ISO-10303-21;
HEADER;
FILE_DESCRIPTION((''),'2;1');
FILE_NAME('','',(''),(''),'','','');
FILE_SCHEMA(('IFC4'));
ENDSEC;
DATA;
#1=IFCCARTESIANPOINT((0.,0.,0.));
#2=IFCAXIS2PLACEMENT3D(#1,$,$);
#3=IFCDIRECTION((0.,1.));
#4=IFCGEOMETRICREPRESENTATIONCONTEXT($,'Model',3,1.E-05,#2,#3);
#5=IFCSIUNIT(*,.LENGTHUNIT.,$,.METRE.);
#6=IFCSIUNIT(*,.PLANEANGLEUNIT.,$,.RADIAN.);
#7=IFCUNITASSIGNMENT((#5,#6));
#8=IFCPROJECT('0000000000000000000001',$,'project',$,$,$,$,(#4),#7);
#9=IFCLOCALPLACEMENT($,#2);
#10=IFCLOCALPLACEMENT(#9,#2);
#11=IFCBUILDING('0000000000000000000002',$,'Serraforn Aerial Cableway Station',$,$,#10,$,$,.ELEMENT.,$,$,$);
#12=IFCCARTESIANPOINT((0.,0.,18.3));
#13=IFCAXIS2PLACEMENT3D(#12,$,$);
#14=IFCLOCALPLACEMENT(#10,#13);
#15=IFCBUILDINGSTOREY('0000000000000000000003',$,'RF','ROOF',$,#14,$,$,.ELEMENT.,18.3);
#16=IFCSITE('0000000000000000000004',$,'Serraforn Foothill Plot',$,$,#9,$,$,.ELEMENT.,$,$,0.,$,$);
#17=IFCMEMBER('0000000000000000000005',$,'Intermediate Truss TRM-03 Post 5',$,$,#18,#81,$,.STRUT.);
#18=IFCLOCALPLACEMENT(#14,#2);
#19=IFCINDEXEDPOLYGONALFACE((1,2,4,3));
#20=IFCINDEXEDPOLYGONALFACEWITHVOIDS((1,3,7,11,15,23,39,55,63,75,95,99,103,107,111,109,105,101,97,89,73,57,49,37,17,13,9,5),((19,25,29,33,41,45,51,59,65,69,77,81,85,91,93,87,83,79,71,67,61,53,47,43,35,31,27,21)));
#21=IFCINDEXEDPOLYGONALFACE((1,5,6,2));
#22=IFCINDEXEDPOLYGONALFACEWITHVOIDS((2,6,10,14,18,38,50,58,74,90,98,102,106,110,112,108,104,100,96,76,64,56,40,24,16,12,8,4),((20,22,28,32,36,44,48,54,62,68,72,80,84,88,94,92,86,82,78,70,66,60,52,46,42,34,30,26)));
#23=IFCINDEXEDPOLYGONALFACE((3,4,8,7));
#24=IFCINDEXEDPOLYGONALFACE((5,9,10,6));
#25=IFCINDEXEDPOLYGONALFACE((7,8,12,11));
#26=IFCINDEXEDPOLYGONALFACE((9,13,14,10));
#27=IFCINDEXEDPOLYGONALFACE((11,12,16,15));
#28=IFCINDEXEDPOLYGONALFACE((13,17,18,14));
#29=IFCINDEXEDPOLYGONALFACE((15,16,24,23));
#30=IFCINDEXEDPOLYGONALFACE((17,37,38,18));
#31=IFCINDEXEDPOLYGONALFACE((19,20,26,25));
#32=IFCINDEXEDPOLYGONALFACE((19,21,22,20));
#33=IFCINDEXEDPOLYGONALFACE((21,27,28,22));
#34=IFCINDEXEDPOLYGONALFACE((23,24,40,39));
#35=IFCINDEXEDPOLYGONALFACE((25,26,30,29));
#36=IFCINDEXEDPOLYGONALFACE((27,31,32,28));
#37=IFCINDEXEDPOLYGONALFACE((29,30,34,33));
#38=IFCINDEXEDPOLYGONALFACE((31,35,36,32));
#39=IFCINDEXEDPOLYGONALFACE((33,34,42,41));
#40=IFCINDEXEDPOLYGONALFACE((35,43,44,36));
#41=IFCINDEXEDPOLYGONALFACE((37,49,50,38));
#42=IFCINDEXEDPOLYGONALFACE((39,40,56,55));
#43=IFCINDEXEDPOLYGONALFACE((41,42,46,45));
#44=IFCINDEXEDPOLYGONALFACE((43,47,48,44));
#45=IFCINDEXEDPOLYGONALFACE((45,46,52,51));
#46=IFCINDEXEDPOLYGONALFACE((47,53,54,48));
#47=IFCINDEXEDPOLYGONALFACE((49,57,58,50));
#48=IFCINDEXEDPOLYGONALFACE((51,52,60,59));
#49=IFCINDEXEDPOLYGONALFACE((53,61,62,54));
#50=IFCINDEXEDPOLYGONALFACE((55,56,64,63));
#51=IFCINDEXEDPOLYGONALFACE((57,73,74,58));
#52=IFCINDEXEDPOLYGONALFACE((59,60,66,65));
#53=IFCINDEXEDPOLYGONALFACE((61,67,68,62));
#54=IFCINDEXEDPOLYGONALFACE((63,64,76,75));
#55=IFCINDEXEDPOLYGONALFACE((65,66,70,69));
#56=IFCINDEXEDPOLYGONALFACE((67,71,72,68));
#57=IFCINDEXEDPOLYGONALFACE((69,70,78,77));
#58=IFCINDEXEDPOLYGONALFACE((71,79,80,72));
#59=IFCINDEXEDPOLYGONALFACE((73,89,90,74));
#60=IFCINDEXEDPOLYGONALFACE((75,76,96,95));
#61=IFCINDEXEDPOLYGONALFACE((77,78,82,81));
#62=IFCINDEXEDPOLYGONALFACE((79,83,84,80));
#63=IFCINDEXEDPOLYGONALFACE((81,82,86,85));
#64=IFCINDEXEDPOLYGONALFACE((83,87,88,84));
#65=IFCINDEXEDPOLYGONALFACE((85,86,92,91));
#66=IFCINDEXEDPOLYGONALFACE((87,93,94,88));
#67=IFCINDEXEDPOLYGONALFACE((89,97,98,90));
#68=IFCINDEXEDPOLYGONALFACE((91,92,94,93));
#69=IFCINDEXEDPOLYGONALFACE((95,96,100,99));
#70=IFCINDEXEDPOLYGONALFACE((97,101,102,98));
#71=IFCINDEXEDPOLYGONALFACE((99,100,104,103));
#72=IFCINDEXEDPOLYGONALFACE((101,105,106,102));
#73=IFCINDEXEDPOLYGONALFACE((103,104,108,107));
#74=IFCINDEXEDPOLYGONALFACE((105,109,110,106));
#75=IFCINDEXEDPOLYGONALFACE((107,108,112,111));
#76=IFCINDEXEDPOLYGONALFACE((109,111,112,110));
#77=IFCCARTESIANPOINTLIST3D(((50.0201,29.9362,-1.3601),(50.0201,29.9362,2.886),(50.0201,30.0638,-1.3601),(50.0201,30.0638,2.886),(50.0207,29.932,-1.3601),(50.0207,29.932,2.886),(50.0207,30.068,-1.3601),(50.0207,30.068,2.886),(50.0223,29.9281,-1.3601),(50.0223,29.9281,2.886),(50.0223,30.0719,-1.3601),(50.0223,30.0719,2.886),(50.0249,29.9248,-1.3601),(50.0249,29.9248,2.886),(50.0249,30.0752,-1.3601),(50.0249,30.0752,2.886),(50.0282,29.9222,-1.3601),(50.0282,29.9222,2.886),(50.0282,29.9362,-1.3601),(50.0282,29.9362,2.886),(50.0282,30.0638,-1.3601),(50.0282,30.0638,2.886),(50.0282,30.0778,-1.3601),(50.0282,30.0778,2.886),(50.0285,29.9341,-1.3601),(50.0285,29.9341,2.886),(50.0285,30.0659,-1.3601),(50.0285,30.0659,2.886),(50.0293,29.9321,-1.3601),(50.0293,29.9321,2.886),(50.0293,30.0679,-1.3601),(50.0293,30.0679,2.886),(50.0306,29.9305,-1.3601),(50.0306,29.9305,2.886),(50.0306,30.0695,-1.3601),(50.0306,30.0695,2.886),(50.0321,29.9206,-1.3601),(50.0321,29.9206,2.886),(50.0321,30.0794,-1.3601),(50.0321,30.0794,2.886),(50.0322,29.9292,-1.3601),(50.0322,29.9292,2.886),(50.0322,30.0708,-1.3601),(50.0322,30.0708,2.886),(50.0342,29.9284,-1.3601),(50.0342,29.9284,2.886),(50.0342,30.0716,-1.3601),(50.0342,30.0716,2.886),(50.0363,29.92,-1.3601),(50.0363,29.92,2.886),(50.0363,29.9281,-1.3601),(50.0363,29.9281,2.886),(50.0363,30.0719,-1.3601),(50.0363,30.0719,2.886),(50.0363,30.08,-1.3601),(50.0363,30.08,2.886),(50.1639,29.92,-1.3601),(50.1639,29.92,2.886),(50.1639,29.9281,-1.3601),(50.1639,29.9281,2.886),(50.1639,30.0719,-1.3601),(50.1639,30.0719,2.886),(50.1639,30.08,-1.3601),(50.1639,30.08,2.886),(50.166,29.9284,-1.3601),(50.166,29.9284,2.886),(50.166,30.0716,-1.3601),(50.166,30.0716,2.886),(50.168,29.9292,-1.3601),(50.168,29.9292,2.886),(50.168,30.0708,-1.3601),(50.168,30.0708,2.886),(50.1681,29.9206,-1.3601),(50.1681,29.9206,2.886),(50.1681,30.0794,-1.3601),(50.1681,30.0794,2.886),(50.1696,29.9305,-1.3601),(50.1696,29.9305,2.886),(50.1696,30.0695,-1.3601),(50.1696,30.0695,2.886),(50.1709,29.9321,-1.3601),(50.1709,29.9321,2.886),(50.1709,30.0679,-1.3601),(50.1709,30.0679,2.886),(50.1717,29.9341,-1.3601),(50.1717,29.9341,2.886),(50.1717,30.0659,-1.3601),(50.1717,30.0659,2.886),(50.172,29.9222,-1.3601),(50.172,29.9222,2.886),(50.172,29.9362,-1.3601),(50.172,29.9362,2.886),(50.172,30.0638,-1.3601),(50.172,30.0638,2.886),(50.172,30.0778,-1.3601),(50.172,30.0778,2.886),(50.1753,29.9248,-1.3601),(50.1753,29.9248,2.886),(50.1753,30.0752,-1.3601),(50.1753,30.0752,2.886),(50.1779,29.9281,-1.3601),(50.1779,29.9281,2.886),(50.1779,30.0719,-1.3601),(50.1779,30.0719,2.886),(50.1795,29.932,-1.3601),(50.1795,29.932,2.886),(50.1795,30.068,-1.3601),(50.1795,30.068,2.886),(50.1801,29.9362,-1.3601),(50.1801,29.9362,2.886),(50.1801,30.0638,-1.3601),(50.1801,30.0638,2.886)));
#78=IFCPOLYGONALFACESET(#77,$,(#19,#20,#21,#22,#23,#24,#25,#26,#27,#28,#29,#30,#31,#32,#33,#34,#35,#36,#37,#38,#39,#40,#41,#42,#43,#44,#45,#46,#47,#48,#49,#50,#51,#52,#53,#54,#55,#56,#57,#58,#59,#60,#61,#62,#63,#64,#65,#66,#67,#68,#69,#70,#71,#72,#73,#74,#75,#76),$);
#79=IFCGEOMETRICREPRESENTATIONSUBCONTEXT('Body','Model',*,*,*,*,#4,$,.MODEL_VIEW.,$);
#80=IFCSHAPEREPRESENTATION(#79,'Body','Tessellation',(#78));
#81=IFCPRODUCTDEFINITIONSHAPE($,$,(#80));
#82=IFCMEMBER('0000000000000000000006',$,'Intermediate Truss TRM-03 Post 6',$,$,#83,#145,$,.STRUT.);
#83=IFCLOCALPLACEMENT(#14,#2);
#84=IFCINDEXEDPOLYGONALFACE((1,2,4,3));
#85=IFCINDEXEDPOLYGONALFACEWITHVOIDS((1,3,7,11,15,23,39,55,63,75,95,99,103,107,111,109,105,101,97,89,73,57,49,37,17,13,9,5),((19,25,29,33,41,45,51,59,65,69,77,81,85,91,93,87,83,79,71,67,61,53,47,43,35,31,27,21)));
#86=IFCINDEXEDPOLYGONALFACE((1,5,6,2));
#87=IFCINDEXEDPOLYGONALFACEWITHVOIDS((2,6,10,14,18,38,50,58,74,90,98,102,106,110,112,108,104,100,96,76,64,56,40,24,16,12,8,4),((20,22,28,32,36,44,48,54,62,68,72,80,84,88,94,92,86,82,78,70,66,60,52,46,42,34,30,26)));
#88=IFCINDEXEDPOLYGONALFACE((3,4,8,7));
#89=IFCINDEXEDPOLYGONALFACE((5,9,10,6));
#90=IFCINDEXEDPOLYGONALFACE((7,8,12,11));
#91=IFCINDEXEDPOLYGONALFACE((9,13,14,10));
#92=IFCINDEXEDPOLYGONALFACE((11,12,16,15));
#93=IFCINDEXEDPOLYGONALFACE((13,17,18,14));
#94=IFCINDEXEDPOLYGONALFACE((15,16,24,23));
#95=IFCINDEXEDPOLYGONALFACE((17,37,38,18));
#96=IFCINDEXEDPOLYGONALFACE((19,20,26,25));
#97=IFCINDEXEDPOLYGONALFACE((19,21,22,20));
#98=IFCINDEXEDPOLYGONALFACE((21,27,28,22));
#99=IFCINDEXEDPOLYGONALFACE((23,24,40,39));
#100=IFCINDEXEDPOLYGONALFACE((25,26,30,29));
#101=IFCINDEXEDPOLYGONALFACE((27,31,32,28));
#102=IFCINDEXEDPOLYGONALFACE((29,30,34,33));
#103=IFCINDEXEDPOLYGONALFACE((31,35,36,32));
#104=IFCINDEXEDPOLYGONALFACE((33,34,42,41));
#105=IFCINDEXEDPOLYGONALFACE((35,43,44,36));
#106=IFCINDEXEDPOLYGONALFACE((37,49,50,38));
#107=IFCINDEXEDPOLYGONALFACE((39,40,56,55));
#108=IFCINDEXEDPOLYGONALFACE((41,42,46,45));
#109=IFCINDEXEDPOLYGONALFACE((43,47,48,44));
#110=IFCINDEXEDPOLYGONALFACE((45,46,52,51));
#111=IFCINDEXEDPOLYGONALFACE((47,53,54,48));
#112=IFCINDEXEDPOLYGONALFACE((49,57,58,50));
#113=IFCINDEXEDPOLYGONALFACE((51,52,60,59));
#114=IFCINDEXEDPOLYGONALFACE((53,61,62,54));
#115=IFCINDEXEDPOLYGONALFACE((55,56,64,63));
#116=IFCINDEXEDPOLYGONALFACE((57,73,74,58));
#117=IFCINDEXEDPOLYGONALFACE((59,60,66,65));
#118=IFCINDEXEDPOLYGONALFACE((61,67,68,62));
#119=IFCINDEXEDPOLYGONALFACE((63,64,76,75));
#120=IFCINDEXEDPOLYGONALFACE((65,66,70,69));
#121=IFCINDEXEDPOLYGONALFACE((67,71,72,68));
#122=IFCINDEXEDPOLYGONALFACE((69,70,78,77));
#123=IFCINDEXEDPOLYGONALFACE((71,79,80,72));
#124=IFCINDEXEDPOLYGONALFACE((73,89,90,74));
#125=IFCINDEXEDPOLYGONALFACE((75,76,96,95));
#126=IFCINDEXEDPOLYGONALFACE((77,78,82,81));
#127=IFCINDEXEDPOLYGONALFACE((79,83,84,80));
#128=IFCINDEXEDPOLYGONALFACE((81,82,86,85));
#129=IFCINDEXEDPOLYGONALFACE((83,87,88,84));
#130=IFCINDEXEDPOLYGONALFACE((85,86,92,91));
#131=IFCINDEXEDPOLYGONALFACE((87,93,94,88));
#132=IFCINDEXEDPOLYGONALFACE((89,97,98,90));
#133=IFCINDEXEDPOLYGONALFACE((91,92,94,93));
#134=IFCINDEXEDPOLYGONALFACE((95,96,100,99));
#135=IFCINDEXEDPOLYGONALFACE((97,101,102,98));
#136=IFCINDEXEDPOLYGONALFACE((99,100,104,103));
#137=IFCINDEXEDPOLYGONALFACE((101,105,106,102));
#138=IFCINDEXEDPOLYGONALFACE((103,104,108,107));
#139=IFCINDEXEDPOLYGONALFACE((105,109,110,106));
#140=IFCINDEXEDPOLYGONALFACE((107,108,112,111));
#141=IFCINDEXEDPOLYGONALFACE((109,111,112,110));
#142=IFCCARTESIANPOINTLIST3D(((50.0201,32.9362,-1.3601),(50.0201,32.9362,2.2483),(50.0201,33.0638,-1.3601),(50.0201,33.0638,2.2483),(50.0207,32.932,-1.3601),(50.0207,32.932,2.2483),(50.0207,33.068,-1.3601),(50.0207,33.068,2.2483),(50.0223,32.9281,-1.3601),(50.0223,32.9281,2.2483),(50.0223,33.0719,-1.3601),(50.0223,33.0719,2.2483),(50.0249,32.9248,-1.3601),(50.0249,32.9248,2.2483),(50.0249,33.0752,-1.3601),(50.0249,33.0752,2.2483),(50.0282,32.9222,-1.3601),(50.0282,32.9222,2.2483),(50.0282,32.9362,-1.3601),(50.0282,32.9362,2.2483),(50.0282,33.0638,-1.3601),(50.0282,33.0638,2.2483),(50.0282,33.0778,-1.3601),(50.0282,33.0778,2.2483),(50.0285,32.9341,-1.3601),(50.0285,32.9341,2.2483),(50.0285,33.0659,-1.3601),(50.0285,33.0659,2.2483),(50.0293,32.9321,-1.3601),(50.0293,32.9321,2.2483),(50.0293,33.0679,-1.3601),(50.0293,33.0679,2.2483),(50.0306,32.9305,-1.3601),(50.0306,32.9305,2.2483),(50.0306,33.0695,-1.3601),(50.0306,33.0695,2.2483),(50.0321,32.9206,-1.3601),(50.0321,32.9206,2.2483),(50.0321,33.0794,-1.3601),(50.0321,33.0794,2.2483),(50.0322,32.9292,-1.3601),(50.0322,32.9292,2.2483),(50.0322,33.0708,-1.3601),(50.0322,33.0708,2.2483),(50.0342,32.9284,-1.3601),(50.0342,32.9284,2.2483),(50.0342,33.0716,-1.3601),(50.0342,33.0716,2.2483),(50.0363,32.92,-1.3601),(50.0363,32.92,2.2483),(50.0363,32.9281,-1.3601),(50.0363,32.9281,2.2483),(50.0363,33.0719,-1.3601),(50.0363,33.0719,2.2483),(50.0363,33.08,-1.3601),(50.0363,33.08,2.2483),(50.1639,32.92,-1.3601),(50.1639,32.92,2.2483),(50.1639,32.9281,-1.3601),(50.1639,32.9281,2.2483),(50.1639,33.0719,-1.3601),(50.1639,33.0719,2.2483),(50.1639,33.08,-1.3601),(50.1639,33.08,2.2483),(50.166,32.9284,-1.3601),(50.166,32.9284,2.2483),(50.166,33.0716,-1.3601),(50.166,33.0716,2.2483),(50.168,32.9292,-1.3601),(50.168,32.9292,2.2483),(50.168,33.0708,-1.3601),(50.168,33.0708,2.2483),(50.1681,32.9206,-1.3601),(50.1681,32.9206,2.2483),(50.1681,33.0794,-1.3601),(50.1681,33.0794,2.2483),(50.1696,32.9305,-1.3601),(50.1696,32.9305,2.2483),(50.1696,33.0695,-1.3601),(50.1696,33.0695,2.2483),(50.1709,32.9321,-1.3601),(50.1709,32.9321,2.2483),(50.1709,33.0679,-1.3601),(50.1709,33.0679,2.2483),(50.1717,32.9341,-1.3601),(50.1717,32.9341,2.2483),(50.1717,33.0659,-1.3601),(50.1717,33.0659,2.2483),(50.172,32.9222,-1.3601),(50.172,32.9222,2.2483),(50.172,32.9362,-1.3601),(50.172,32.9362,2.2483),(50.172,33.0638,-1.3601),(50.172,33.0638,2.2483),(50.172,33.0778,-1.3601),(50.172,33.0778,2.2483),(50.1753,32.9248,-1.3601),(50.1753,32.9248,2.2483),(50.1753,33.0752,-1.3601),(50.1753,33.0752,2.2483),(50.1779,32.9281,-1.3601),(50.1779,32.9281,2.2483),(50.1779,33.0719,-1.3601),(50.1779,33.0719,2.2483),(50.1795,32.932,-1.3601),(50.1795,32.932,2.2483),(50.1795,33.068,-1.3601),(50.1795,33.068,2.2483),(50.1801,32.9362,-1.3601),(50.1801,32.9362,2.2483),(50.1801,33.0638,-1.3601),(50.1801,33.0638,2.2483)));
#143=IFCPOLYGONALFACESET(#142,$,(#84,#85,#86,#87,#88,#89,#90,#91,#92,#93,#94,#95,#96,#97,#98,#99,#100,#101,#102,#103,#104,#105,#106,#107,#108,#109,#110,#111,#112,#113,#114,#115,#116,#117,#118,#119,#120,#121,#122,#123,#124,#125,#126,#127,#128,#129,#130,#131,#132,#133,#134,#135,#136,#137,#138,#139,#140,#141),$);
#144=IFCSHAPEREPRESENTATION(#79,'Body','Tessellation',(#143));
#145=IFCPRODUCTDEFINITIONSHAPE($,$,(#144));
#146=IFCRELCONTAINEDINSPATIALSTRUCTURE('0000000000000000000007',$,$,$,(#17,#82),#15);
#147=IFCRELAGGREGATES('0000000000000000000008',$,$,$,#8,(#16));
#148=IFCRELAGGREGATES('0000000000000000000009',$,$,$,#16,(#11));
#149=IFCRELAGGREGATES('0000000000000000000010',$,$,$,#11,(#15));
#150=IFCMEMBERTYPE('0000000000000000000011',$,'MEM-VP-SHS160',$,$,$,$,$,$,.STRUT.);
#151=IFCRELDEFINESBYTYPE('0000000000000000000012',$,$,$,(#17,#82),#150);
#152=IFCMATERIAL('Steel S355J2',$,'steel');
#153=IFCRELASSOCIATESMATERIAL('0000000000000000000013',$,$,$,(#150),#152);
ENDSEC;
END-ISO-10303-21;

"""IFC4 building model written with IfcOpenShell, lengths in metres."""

from ifc_helpers import new_model, si_unit, direction, frame, origin, origin_2d, place, context, subcontext, project, spatial, hollow_rectangle, extrude, material, material_profile, profile_set, type_object, element, save


model = new_model("IFC4")

# Units and contexts
model_context = context("Model", 3, precision=1e-05, world=origin(), true_north=direction((0.0, 1.0)))
body_context = subcontext(model_context, "Body", "Model", "MODEL_VIEW")
ifc_project = project(units=[si_unit("LENGTHUNIT", "METRE"), si_unit("PLANEANGLEUNIT", "RADIAN")], contexts=[model_context])

# Site, building, storey
site_placement = place(None, origin())
site = spatial("IfcSite", under=ifc_project, at=site_placement, Name="Serraforn Foothill Plot", CompositionType="ELEMENT", RefElevation=0.0)
building_placement = place(site_placement, origin())
building = spatial("IfcBuilding", under=site, at=building_placement, Name="Serraforn Aerial Cableway Station", CompositionType="ELEMENT")
storey_placement = place(building_placement, frame((0.0, 0.0, 18.3)))
storey = spatial("IfcBuildingStorey", under=building, at=storey_placement, Name="RF", Description="ROOF", CompositionType="ELEMENT", Elevation=18.3)

# Members
ifc_material_1 = material(Name="Steel S355J2", Category="steel")
ifc_material_profile_1 = material_profile(ifc_material_1, hollow_rectangle(XDim=0.1599, YDim=0.1599, WallThickness=0.0081, InnerFilletRadius=0.0081, OuterFilletRadius=0.0161, at=origin_2d()), Name="SHS 160x160x8.0")
ifc_profile_set_1 = profile_set([ifc_material_profile_1], Name="Steel S355J2")
member_type_1 = type_object("IfcMemberType", Name="MEM-VP-SHS160", PredefinedType="STRUT", material=ifc_profile_set_1)
member_1_placement = place(storey_placement, frame((50.1001, 30.0, -1.3601), z_axis=(0.0, 0.0, 1.0), x_axis=(1.0, 0.0, 0.0)))
element("IfcMember", 1, at=member_1_placement, inside=storey, type_object=member_type_1, Name="Intermediate Truss TRM-03 Post 5", PredefinedType="STRUT", context=body_context, shape_type="SweptSolid", body=[
    extrude(hollow_rectangle(XDim=0.1599, YDim=0.1599, WallThickness=0.0081, InnerFilletRadius=0.0081, OuterFilletRadius=0.0161, at=origin_2d()), origin(), (0.0, 0.0, 1.0), 4.2461),
])
member_2_placement = place(storey_placement, frame((50.1001, 33.0, -1.3601), z_axis=(0.0, 0.0, 1.0), x_axis=(1.0, 0.0, 0.0)))
element("IfcMember", 2, at=member_2_placement, inside=storey, type_object=member_type_1, Name="Intermediate Truss TRM-03 Post 6", PredefinedType="STRUT", context=body_context, shape_type="SweptSolid", body=[
    extrude(hollow_rectangle(XDim=0.1599, YDim=0.1599, WallThickness=0.0081, InnerFilletRadius=0.0081, OuterFilletRadius=0.0161, at=origin_2d()), origin(), (0.0, 0.0, 1.0), 3.6084),
])

save(model, "model.ifc")
